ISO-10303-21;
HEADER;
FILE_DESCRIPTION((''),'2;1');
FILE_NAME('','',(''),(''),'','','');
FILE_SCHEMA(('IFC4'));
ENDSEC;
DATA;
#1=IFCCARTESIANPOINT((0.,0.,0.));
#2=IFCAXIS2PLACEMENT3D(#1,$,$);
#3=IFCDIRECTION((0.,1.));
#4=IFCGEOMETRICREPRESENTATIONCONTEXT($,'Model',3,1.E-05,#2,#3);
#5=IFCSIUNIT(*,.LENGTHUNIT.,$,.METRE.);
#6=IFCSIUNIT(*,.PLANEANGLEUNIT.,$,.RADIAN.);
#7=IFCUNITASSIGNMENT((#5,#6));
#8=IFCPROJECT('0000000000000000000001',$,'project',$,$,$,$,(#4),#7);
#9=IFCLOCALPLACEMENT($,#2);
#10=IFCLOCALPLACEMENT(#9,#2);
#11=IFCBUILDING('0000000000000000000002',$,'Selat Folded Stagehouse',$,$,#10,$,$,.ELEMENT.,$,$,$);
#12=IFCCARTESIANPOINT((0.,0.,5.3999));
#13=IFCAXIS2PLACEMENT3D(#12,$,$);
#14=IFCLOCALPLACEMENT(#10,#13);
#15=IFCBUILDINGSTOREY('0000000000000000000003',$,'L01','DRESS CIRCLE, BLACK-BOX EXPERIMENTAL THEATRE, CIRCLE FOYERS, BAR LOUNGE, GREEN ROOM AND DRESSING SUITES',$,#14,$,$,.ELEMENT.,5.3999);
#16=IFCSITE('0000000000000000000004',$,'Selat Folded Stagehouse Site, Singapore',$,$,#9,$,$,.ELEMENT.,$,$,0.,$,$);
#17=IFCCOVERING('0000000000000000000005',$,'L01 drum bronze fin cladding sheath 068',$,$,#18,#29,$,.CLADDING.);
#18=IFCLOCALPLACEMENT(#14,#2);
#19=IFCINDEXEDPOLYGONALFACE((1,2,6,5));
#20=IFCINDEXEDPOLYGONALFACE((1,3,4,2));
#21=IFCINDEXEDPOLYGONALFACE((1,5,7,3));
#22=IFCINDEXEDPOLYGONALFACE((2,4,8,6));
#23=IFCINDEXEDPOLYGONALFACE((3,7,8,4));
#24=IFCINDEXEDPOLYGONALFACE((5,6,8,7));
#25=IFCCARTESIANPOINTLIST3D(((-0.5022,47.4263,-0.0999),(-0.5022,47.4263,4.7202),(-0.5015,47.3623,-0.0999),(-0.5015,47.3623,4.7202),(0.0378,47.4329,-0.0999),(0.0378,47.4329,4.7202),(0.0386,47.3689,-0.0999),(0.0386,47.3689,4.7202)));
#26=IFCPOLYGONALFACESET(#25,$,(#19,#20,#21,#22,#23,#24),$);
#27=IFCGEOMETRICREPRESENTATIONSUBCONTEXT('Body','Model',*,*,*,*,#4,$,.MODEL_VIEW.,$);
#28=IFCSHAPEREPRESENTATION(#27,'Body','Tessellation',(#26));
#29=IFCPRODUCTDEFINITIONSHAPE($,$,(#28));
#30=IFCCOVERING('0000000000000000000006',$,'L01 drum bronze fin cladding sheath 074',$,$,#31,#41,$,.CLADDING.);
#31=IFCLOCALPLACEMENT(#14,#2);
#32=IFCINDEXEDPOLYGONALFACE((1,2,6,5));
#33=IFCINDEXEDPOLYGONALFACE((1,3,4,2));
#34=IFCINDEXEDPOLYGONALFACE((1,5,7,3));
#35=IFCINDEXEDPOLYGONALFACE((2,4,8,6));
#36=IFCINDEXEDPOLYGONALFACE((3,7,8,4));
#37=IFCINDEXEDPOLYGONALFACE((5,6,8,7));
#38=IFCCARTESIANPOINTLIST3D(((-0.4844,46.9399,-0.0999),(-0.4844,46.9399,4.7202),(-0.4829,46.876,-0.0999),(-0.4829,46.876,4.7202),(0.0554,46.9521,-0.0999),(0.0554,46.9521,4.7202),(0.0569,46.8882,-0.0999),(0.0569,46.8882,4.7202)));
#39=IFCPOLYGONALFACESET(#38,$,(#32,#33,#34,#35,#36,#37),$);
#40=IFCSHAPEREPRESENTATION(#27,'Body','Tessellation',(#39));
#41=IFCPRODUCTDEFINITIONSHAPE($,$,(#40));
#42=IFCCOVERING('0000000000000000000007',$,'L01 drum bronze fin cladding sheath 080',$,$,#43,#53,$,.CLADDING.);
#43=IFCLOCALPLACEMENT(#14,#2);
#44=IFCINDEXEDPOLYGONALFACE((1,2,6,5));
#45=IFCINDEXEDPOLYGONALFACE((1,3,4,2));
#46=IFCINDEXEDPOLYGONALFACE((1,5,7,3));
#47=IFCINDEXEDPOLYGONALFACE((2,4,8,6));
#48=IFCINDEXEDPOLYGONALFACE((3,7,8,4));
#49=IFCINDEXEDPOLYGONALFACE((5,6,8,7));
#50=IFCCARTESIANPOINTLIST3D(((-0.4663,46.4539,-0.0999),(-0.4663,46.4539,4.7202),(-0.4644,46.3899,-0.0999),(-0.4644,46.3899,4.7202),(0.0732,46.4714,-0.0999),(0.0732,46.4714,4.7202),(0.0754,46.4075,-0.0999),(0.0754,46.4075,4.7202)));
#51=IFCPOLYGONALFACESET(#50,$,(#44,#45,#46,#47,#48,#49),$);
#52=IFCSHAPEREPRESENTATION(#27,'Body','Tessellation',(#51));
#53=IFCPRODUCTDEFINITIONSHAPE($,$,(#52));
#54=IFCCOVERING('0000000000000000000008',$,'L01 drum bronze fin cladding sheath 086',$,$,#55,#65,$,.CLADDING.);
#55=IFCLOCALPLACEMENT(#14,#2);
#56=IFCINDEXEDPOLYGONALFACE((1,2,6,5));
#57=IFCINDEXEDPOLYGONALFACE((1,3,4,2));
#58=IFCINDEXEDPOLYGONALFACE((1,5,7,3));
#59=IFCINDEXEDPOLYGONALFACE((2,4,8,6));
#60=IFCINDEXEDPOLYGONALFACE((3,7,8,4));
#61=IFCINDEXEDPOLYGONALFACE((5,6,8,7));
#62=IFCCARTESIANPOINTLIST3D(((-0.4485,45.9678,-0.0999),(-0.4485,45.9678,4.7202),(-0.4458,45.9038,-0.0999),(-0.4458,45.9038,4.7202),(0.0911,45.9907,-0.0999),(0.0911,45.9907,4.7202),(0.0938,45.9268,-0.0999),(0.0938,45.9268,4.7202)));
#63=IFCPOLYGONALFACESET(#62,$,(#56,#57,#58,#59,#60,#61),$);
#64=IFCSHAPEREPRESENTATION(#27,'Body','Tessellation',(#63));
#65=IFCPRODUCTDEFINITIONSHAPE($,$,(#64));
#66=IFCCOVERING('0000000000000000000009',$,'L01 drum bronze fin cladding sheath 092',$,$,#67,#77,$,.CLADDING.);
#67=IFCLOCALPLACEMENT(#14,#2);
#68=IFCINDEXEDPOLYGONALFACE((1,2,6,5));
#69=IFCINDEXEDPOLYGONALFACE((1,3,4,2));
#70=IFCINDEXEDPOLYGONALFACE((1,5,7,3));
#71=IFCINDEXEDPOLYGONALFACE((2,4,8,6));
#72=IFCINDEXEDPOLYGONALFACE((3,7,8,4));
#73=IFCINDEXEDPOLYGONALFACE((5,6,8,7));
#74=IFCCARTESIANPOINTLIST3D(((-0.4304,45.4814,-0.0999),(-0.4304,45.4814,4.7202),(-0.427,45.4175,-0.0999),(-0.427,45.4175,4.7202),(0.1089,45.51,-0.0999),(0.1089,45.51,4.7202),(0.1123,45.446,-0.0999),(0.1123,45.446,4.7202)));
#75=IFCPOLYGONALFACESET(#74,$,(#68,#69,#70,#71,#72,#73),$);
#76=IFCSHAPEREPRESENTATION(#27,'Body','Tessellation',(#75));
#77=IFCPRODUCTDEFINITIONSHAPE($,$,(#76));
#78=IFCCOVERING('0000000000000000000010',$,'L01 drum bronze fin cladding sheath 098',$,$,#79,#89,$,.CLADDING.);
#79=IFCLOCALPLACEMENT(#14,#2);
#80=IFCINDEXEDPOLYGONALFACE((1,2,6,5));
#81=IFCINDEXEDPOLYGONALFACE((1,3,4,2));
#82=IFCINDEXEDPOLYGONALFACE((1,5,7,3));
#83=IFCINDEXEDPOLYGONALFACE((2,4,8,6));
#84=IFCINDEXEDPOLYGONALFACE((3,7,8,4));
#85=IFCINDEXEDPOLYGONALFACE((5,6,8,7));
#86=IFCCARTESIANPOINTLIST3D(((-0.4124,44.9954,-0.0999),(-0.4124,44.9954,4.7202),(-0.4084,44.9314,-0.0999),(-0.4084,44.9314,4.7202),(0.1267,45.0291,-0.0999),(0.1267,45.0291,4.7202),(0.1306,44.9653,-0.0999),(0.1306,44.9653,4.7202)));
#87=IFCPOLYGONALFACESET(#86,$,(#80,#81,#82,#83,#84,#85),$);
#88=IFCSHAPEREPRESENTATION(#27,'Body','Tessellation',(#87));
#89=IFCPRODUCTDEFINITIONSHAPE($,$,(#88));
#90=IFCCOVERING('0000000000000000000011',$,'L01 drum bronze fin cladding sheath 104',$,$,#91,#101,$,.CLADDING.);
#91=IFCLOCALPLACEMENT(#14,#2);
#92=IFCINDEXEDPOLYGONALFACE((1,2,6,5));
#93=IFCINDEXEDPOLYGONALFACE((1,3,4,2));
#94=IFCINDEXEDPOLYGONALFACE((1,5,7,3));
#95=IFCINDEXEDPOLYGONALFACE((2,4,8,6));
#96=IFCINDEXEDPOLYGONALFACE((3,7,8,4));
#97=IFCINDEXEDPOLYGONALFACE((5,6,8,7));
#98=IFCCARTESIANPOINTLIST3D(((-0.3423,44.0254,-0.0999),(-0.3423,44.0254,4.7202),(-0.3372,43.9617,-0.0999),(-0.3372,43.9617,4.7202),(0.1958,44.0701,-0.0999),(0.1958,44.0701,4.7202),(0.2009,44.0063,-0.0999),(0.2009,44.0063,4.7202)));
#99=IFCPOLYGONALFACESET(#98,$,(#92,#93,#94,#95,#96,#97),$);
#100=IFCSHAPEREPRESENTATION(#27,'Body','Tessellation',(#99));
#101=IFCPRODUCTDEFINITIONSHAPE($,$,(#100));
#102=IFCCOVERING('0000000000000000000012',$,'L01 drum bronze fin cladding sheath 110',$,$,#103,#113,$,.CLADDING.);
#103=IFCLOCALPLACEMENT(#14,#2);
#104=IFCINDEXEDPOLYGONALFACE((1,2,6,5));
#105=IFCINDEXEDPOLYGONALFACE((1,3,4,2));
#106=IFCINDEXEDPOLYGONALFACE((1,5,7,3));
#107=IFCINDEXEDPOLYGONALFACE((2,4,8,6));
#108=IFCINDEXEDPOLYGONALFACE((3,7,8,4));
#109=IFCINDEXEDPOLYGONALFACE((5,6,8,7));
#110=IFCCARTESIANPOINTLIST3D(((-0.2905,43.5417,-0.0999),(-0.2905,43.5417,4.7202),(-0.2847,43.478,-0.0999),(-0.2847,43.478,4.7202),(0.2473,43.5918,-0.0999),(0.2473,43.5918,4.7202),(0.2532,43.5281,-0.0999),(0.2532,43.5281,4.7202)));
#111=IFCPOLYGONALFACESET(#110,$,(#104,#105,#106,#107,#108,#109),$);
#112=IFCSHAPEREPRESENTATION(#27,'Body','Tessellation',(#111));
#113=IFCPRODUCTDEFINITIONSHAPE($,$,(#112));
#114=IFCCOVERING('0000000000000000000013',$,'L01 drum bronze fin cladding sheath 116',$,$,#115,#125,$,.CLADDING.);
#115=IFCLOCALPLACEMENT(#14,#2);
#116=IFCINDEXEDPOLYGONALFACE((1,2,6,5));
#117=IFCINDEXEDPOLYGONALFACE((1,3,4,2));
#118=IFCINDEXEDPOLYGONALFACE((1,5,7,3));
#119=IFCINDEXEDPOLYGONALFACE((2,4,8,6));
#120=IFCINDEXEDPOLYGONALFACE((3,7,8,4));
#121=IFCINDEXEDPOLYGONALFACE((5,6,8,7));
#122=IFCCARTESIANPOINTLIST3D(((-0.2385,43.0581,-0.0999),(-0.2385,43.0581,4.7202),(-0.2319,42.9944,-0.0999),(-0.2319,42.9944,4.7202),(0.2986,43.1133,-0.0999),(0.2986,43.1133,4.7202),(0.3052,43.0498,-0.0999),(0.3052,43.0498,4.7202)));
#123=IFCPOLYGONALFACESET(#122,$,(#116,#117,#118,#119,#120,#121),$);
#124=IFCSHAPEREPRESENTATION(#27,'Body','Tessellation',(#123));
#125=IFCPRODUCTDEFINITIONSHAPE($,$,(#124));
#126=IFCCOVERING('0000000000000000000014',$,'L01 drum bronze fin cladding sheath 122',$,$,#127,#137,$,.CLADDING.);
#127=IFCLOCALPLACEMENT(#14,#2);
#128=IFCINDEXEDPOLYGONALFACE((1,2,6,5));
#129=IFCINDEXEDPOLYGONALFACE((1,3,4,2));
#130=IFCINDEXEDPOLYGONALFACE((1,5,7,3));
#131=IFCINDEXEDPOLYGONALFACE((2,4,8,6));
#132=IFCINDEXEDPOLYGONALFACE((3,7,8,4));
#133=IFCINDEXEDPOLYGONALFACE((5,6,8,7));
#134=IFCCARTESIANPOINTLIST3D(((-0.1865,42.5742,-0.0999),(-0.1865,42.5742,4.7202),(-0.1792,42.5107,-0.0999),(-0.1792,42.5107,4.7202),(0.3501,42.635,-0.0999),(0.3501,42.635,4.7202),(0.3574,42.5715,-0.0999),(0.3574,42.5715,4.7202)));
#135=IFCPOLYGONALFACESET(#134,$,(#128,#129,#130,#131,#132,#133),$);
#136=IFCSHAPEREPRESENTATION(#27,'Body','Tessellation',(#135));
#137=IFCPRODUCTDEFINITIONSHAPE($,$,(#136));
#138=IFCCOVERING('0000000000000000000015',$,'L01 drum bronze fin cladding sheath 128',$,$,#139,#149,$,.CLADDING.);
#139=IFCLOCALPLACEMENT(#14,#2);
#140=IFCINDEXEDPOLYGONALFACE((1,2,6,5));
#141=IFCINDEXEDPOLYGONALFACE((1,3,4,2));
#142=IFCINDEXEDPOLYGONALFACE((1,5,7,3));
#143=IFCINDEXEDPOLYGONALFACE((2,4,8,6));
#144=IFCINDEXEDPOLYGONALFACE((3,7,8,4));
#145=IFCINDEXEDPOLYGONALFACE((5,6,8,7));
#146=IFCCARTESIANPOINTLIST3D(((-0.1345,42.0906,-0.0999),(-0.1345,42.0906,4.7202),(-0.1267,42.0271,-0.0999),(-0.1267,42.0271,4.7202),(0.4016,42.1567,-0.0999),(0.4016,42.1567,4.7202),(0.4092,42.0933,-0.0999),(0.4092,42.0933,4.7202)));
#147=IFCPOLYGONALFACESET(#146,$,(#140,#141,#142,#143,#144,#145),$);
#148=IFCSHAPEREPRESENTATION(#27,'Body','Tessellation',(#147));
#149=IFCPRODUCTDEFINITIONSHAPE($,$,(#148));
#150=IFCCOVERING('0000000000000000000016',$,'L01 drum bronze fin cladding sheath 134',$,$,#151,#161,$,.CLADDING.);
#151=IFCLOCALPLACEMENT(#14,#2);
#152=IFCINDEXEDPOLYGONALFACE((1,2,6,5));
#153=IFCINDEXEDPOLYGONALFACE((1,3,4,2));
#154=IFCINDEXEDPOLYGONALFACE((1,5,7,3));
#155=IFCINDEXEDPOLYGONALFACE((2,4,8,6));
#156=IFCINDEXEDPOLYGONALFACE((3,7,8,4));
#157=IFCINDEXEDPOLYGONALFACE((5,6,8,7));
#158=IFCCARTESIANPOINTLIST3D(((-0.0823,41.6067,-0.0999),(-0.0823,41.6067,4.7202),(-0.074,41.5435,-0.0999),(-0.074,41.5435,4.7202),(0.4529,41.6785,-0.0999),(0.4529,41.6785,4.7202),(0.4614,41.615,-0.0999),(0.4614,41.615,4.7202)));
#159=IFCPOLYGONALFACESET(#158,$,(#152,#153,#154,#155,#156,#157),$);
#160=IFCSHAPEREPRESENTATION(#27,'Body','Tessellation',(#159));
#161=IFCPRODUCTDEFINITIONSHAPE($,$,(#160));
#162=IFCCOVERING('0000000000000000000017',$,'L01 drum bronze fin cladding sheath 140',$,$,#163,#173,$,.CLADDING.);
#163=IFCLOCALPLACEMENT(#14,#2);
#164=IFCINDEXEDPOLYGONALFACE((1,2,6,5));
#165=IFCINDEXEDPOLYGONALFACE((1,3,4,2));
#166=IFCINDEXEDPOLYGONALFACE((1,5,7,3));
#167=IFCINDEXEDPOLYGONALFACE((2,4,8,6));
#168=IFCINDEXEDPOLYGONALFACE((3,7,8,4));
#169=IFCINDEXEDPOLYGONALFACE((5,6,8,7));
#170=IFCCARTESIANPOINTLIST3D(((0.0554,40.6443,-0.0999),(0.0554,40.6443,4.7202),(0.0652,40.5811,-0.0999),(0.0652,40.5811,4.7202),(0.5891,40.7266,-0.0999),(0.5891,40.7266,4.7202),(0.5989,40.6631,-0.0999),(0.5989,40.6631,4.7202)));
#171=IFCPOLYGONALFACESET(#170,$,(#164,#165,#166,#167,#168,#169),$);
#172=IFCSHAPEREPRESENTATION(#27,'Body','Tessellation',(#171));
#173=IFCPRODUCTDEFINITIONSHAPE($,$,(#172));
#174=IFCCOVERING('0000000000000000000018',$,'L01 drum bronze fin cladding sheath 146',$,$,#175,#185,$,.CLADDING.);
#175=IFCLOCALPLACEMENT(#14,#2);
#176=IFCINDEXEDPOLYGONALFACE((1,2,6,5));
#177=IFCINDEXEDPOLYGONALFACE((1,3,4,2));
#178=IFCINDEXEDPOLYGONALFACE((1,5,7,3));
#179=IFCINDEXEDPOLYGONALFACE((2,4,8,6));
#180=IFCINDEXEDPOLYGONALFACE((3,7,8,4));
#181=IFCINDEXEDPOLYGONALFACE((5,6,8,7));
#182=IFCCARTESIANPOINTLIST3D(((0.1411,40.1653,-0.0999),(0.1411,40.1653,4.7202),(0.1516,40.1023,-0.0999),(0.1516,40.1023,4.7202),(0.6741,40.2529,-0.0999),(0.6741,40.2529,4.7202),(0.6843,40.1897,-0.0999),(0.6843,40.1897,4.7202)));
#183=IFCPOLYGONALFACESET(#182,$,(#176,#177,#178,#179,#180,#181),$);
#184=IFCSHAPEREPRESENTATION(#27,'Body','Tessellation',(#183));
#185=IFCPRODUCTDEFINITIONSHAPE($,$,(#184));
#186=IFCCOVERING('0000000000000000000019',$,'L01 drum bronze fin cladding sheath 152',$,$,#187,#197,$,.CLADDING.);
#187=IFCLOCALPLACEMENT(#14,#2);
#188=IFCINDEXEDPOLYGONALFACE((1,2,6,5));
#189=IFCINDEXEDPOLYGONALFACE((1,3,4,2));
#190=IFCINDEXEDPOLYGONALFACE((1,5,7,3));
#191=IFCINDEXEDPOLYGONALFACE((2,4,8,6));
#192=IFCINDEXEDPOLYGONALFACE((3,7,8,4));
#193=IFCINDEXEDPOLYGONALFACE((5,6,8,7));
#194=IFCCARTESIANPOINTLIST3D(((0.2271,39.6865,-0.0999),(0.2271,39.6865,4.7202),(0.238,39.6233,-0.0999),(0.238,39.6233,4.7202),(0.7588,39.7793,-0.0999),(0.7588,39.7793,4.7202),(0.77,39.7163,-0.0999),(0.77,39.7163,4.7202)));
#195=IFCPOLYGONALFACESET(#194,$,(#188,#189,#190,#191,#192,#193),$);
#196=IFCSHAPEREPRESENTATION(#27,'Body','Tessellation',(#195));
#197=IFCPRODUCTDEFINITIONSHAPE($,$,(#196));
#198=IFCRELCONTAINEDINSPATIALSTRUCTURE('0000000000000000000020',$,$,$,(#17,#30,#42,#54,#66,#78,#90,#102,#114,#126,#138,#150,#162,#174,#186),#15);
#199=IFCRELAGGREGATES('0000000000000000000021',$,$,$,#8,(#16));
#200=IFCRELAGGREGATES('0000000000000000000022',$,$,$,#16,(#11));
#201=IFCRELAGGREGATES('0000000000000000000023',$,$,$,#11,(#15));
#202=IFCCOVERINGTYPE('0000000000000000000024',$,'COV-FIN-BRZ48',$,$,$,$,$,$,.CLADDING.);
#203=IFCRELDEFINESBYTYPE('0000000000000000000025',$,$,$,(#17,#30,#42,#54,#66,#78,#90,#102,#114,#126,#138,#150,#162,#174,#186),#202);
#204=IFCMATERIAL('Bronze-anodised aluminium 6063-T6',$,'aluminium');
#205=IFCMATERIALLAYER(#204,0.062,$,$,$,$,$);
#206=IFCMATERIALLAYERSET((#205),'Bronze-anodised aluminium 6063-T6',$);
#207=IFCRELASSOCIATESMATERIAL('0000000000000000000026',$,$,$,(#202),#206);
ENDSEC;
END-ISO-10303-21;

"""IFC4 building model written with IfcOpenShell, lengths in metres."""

from ifc_helpers import new_model, si_unit, direction, frame, origin, place, context, subcontext, project, spatial, polyline, outline, extrude, material, layer, layer_set, type_object, element, save


model = new_model("IFC4")

# Units and contexts
model_context = context("Model", 3, precision=1e-05, world=origin(), true_north=direction((0.0, 1.0)))
body_context = subcontext(model_context, "Body", "Model", "MODEL_VIEW")
ifc_project = project(units=[si_unit("LENGTHUNIT", "METRE"), si_unit("PLANEANGLEUNIT", "RADIAN")], contexts=[model_context])

# Site, building, storey
site_placement = place(None, origin())
site = spatial("IfcSite", under=ifc_project, at=site_placement, Name="Selat Folded Stagehouse Site, Singapore", CompositionType="ELEMENT", RefElevation=0.0)
building_placement = place(site_placement, origin())
building = spatial("IfcBuilding", under=site, at=building_placement, Name="Selat Folded Stagehouse", CompositionType="ELEMENT")
storey_placement = place(building_placement, frame((0.0, 0.0, 5.3999)))
storey = spatial("IfcBuildingStorey", under=building, at=storey_placement, Name="L01", Description="DRESS CIRCLE, BLACK-BOX EXPERIMENTAL THEATRE, CIRCLE FOYERS, BAR LOUNGE, GREEN ROOM AND DRESSING SUITES", CompositionType="ELEMENT", Elevation=5.3999)

# Coverings
ifc_material = material(Name="Bronze-anodised aluminium 6063-T6", Category="aluminium")
ifc_layer = layer(ifc_material, 0.062)
ifc_layer_set = layer_set([ifc_layer], Name="Bronze-anodised aluminium 6063-T6")
covering_type = type_object("IfcCoveringType", Name="COV-FIN-BRZ48", PredefinedType="CLADDING", material=ifc_layer_set)
covering_1_placement = place(storey_placement, frame((0.0, 0.0, -0.0999)))
element("IfcCovering", 1, at=covering_1_placement, inside=storey, type_object=covering_type, Name="L01 drum bronze fin cladding sheath 068", PredefinedType="CLADDING", context=body_context, shape_type="SweptSolid", body=[
    extrude(outline(polyline([(0.0378, 47.4329), (-0.5022, 47.4263), (-0.5015, 47.3623), (0.0386, 47.3689), (0.0378, 47.4329)])), origin(), (0.0, 0.0, 1.0), 4.8201),
])
covering_2_placement = place(storey_placement, frame((0.0, 0.0, -0.0999)))
element("IfcCovering", 2, at=covering_2_placement, inside=storey, type_object=covering_type, Name="L01 drum bronze fin cladding sheath 074", PredefinedType="CLADDING", context=body_context, shape_type="SweptSolid", body=[
    extrude(outline(polyline([(0.0554, 46.9521), (-0.4844, 46.9399), (-0.4829, 46.876), (0.0569, 46.8882), (0.0554, 46.9521)])), origin(), (0.0, 0.0, 1.0), 4.8201),
])
covering_3_placement = place(storey_placement, frame((0.0, 0.0, -0.0999)))
element("IfcCovering", 3, at=covering_3_placement, inside=storey, type_object=covering_type, Name="L01 drum bronze fin cladding sheath 080", PredefinedType="CLADDING", context=body_context, shape_type="SweptSolid", body=[
    extrude(outline(polyline([(0.0732, 46.4714), (-0.4663, 46.4539), (-0.4644, 46.3899), (0.0754, 46.4075), (0.0732, 46.4714)])), origin(), (0.0, 0.0, 1.0), 4.8201),
])
covering_4_placement = place(storey_placement, frame((0.0, 0.0, -0.0999)))
element("IfcCovering", 4, at=covering_4_placement, inside=storey, type_object=covering_type, Name="L01 drum bronze fin cladding sheath 086", PredefinedType="CLADDING", context=body_context, shape_type="SweptSolid", body=[
    extrude(outline(polyline([(0.0911, 45.9907), (-0.4485, 45.9678), (-0.4458, 45.9038), (0.0938, 45.9268), (0.0911, 45.9907)])), origin(), (0.0, 0.0, 1.0), 4.8201),
])
covering_5_placement = place(storey_placement, frame((0.0, 0.0, -0.0999)))
element("IfcCovering", 5, at=covering_5_placement, inside=storey, type_object=covering_type, Name="L01 drum bronze fin cladding sheath 092", PredefinedType="CLADDING", context=body_context, shape_type="SweptSolid", body=[
    extrude(outline(polyline([(0.1089, 45.51), (-0.4304, 45.4814), (-0.427, 45.4175), (0.1123, 45.446), (0.1089, 45.51)])), origin(), (0.0, 0.0, 1.0), 4.8201),
])
covering_6_placement = place(storey_placement, frame((0.0, 0.0, -0.0999)))
element("IfcCovering", 6, at=covering_6_placement, inside=storey, type_object=covering_type, Name="L01 drum bronze fin cladding sheath 098", PredefinedType="CLADDING", context=body_context, shape_type="SweptSolid", body=[
    extrude(outline(polyline([(0.1267, 45.0291), (-0.4124, 44.9954), (-0.4084, 44.9314), (0.1306, 44.9653), (0.1267, 45.0291)])), origin(), (0.0, 0.0, 1.0), 4.8201),
])
covering_7_placement = place(storey_placement, frame((0.0, 0.0, -0.0999)))
element("IfcCovering", 7, at=covering_7_placement, inside=storey, type_object=covering_type, Name="L01 drum bronze fin cladding sheath 104", PredefinedType="CLADDING", context=body_context, shape_type="SweptSolid", body=[
    extrude(outline(polyline([(0.1958, 44.0701), (-0.3423, 44.0254), (-0.3372, 43.9617), (0.2009, 44.0063), (0.1958, 44.0701)])), origin(), (0.0, 0.0, 1.0), 4.8201),
])
covering_8_placement = place(storey_placement, frame((0.0, 0.0, -0.0999)))
element("IfcCovering", 8, at=covering_8_placement, inside=storey, type_object=covering_type, Name="L01 drum bronze fin cladding sheath 110", PredefinedType="CLADDING", context=body_context, shape_type="SweptSolid", body=[
    extrude(outline(polyline([(0.2473, 43.5918), (-0.2905, 43.5417), (-0.2847, 43.478), (0.2532, 43.5281), (0.2473, 43.5918)])), origin(), (0.0, 0.0, 1.0), 4.8201),
])
covering_9_placement = place(storey_placement, frame((0.0, 0.0, -0.0999)))
element("IfcCovering", 9, at=covering_9_placement, inside=storey, type_object=covering_type, Name="L01 drum bronze fin cladding sheath 116", PredefinedType="CLADDING", context=body_context, shape_type="SweptSolid", body=[
    extrude(outline(polyline([(0.2986, 43.1133), (-0.2385, 43.0581), (-0.2319, 42.9944), (0.3052, 43.0498), (0.2986, 43.1133)])), origin(), (0.0, 0.0, 1.0), 4.8201),
])
covering_10_placement = place(storey_placement, frame((0.0, 0.0, -0.0999)))
element("IfcCovering", 10, at=covering_10_placement, inside=storey, type_object=covering_type, Name="L01 drum bronze fin cladding sheath 122", PredefinedType="CLADDING", context=body_context, shape_type="SweptSolid", body=[
    extrude(outline(polyline([(0.3501, 42.635), (-0.1865, 42.5742), (-0.1792, 42.5107), (0.3574, 42.5715), (0.3501, 42.635)])), origin(), (0.0, 0.0, 1.0), 4.8201),
])
covering_11_placement = place(storey_placement, frame((0.0, 0.0, -0.0999)))
element("IfcCovering", 11, at=covering_11_placement, inside=storey, type_object=covering_type, Name="L01 drum bronze fin cladding sheath 128", PredefinedType="CLADDING", context=body_context, shape_type="SweptSolid", body=[
    extrude(outline(polyline([(0.4016, 42.1567), (-0.1345, 42.0906), (-0.1267, 42.0271), (0.4092, 42.0933), (0.4016, 42.1567)])), origin(), (0.0, 0.0, 1.0), 4.8201),
])
covering_12_placement = place(storey_placement, frame((0.0, 0.0, -0.0999)))
element("IfcCovering", 12, at=covering_12_placement, inside=storey, type_object=covering_type, Name="L01 drum bronze fin cladding sheath 134", PredefinedType="CLADDING", context=body_context, shape_type="SweptSolid", body=[
    extrude(outline(polyline([(0.4529, 41.6785), (-0.0823, 41.6067), (-0.074, 41.5435), (0.4614, 41.615), (0.4529, 41.6785)])), origin(), (0.0, 0.0, 1.0), 4.8201),
])
covering_13_placement = place(storey_placement, frame((0.0, 0.0, -0.0999)))
element("IfcCovering", 13, at=covering_13_placement, inside=storey, type_object=covering_type, Name="L01 drum bronze fin cladding sheath 140", PredefinedType="CLADDING", context=body_context, shape_type="SweptSolid", body=[
    extrude(outline(polyline([(0.5891, 40.7266), (0.0554, 40.6443), (0.0652, 40.5811), (0.5989, 40.6631), (0.5891, 40.7266)])), origin(), (0.0, 0.0, 1.0), 4.8201),
])
covering_14_placement = place(storey_placement, frame((0.0, 0.0, -0.0999)))
element("IfcCovering", 14, at=covering_14_placement, inside=storey, type_object=covering_type, Name="L01 drum bronze fin cladding sheath 146", PredefinedType="CLADDING", context=body_context, shape_type="SweptSolid", body=[
    extrude(outline(polyline([(0.6741, 40.2529), (0.1411, 40.1653), (0.1516, 40.1023), (0.6843, 40.1897), (0.6741, 40.2529)])), origin(), (0.0, 0.0, 1.0), 4.8201),
])
covering_15_placement = place(storey_placement, frame((0.0, 0.0, -0.0999)))
element("IfcCovering", 15, at=covering_15_placement, inside=storey, type_object=covering_type, Name="L01 drum bronze fin cladding sheath 152", PredefinedType="CLADDING", context=body_context, shape_type="SweptSolid", body=[
    extrude(outline(polyline([(0.7588, 39.7793), (0.2271, 39.6865), (0.238, 39.6233), (0.77, 39.7163), (0.7588, 39.7793)])), origin(), (0.0, 0.0, 1.0), 4.8201),
])

save(model, "model.ifc")
